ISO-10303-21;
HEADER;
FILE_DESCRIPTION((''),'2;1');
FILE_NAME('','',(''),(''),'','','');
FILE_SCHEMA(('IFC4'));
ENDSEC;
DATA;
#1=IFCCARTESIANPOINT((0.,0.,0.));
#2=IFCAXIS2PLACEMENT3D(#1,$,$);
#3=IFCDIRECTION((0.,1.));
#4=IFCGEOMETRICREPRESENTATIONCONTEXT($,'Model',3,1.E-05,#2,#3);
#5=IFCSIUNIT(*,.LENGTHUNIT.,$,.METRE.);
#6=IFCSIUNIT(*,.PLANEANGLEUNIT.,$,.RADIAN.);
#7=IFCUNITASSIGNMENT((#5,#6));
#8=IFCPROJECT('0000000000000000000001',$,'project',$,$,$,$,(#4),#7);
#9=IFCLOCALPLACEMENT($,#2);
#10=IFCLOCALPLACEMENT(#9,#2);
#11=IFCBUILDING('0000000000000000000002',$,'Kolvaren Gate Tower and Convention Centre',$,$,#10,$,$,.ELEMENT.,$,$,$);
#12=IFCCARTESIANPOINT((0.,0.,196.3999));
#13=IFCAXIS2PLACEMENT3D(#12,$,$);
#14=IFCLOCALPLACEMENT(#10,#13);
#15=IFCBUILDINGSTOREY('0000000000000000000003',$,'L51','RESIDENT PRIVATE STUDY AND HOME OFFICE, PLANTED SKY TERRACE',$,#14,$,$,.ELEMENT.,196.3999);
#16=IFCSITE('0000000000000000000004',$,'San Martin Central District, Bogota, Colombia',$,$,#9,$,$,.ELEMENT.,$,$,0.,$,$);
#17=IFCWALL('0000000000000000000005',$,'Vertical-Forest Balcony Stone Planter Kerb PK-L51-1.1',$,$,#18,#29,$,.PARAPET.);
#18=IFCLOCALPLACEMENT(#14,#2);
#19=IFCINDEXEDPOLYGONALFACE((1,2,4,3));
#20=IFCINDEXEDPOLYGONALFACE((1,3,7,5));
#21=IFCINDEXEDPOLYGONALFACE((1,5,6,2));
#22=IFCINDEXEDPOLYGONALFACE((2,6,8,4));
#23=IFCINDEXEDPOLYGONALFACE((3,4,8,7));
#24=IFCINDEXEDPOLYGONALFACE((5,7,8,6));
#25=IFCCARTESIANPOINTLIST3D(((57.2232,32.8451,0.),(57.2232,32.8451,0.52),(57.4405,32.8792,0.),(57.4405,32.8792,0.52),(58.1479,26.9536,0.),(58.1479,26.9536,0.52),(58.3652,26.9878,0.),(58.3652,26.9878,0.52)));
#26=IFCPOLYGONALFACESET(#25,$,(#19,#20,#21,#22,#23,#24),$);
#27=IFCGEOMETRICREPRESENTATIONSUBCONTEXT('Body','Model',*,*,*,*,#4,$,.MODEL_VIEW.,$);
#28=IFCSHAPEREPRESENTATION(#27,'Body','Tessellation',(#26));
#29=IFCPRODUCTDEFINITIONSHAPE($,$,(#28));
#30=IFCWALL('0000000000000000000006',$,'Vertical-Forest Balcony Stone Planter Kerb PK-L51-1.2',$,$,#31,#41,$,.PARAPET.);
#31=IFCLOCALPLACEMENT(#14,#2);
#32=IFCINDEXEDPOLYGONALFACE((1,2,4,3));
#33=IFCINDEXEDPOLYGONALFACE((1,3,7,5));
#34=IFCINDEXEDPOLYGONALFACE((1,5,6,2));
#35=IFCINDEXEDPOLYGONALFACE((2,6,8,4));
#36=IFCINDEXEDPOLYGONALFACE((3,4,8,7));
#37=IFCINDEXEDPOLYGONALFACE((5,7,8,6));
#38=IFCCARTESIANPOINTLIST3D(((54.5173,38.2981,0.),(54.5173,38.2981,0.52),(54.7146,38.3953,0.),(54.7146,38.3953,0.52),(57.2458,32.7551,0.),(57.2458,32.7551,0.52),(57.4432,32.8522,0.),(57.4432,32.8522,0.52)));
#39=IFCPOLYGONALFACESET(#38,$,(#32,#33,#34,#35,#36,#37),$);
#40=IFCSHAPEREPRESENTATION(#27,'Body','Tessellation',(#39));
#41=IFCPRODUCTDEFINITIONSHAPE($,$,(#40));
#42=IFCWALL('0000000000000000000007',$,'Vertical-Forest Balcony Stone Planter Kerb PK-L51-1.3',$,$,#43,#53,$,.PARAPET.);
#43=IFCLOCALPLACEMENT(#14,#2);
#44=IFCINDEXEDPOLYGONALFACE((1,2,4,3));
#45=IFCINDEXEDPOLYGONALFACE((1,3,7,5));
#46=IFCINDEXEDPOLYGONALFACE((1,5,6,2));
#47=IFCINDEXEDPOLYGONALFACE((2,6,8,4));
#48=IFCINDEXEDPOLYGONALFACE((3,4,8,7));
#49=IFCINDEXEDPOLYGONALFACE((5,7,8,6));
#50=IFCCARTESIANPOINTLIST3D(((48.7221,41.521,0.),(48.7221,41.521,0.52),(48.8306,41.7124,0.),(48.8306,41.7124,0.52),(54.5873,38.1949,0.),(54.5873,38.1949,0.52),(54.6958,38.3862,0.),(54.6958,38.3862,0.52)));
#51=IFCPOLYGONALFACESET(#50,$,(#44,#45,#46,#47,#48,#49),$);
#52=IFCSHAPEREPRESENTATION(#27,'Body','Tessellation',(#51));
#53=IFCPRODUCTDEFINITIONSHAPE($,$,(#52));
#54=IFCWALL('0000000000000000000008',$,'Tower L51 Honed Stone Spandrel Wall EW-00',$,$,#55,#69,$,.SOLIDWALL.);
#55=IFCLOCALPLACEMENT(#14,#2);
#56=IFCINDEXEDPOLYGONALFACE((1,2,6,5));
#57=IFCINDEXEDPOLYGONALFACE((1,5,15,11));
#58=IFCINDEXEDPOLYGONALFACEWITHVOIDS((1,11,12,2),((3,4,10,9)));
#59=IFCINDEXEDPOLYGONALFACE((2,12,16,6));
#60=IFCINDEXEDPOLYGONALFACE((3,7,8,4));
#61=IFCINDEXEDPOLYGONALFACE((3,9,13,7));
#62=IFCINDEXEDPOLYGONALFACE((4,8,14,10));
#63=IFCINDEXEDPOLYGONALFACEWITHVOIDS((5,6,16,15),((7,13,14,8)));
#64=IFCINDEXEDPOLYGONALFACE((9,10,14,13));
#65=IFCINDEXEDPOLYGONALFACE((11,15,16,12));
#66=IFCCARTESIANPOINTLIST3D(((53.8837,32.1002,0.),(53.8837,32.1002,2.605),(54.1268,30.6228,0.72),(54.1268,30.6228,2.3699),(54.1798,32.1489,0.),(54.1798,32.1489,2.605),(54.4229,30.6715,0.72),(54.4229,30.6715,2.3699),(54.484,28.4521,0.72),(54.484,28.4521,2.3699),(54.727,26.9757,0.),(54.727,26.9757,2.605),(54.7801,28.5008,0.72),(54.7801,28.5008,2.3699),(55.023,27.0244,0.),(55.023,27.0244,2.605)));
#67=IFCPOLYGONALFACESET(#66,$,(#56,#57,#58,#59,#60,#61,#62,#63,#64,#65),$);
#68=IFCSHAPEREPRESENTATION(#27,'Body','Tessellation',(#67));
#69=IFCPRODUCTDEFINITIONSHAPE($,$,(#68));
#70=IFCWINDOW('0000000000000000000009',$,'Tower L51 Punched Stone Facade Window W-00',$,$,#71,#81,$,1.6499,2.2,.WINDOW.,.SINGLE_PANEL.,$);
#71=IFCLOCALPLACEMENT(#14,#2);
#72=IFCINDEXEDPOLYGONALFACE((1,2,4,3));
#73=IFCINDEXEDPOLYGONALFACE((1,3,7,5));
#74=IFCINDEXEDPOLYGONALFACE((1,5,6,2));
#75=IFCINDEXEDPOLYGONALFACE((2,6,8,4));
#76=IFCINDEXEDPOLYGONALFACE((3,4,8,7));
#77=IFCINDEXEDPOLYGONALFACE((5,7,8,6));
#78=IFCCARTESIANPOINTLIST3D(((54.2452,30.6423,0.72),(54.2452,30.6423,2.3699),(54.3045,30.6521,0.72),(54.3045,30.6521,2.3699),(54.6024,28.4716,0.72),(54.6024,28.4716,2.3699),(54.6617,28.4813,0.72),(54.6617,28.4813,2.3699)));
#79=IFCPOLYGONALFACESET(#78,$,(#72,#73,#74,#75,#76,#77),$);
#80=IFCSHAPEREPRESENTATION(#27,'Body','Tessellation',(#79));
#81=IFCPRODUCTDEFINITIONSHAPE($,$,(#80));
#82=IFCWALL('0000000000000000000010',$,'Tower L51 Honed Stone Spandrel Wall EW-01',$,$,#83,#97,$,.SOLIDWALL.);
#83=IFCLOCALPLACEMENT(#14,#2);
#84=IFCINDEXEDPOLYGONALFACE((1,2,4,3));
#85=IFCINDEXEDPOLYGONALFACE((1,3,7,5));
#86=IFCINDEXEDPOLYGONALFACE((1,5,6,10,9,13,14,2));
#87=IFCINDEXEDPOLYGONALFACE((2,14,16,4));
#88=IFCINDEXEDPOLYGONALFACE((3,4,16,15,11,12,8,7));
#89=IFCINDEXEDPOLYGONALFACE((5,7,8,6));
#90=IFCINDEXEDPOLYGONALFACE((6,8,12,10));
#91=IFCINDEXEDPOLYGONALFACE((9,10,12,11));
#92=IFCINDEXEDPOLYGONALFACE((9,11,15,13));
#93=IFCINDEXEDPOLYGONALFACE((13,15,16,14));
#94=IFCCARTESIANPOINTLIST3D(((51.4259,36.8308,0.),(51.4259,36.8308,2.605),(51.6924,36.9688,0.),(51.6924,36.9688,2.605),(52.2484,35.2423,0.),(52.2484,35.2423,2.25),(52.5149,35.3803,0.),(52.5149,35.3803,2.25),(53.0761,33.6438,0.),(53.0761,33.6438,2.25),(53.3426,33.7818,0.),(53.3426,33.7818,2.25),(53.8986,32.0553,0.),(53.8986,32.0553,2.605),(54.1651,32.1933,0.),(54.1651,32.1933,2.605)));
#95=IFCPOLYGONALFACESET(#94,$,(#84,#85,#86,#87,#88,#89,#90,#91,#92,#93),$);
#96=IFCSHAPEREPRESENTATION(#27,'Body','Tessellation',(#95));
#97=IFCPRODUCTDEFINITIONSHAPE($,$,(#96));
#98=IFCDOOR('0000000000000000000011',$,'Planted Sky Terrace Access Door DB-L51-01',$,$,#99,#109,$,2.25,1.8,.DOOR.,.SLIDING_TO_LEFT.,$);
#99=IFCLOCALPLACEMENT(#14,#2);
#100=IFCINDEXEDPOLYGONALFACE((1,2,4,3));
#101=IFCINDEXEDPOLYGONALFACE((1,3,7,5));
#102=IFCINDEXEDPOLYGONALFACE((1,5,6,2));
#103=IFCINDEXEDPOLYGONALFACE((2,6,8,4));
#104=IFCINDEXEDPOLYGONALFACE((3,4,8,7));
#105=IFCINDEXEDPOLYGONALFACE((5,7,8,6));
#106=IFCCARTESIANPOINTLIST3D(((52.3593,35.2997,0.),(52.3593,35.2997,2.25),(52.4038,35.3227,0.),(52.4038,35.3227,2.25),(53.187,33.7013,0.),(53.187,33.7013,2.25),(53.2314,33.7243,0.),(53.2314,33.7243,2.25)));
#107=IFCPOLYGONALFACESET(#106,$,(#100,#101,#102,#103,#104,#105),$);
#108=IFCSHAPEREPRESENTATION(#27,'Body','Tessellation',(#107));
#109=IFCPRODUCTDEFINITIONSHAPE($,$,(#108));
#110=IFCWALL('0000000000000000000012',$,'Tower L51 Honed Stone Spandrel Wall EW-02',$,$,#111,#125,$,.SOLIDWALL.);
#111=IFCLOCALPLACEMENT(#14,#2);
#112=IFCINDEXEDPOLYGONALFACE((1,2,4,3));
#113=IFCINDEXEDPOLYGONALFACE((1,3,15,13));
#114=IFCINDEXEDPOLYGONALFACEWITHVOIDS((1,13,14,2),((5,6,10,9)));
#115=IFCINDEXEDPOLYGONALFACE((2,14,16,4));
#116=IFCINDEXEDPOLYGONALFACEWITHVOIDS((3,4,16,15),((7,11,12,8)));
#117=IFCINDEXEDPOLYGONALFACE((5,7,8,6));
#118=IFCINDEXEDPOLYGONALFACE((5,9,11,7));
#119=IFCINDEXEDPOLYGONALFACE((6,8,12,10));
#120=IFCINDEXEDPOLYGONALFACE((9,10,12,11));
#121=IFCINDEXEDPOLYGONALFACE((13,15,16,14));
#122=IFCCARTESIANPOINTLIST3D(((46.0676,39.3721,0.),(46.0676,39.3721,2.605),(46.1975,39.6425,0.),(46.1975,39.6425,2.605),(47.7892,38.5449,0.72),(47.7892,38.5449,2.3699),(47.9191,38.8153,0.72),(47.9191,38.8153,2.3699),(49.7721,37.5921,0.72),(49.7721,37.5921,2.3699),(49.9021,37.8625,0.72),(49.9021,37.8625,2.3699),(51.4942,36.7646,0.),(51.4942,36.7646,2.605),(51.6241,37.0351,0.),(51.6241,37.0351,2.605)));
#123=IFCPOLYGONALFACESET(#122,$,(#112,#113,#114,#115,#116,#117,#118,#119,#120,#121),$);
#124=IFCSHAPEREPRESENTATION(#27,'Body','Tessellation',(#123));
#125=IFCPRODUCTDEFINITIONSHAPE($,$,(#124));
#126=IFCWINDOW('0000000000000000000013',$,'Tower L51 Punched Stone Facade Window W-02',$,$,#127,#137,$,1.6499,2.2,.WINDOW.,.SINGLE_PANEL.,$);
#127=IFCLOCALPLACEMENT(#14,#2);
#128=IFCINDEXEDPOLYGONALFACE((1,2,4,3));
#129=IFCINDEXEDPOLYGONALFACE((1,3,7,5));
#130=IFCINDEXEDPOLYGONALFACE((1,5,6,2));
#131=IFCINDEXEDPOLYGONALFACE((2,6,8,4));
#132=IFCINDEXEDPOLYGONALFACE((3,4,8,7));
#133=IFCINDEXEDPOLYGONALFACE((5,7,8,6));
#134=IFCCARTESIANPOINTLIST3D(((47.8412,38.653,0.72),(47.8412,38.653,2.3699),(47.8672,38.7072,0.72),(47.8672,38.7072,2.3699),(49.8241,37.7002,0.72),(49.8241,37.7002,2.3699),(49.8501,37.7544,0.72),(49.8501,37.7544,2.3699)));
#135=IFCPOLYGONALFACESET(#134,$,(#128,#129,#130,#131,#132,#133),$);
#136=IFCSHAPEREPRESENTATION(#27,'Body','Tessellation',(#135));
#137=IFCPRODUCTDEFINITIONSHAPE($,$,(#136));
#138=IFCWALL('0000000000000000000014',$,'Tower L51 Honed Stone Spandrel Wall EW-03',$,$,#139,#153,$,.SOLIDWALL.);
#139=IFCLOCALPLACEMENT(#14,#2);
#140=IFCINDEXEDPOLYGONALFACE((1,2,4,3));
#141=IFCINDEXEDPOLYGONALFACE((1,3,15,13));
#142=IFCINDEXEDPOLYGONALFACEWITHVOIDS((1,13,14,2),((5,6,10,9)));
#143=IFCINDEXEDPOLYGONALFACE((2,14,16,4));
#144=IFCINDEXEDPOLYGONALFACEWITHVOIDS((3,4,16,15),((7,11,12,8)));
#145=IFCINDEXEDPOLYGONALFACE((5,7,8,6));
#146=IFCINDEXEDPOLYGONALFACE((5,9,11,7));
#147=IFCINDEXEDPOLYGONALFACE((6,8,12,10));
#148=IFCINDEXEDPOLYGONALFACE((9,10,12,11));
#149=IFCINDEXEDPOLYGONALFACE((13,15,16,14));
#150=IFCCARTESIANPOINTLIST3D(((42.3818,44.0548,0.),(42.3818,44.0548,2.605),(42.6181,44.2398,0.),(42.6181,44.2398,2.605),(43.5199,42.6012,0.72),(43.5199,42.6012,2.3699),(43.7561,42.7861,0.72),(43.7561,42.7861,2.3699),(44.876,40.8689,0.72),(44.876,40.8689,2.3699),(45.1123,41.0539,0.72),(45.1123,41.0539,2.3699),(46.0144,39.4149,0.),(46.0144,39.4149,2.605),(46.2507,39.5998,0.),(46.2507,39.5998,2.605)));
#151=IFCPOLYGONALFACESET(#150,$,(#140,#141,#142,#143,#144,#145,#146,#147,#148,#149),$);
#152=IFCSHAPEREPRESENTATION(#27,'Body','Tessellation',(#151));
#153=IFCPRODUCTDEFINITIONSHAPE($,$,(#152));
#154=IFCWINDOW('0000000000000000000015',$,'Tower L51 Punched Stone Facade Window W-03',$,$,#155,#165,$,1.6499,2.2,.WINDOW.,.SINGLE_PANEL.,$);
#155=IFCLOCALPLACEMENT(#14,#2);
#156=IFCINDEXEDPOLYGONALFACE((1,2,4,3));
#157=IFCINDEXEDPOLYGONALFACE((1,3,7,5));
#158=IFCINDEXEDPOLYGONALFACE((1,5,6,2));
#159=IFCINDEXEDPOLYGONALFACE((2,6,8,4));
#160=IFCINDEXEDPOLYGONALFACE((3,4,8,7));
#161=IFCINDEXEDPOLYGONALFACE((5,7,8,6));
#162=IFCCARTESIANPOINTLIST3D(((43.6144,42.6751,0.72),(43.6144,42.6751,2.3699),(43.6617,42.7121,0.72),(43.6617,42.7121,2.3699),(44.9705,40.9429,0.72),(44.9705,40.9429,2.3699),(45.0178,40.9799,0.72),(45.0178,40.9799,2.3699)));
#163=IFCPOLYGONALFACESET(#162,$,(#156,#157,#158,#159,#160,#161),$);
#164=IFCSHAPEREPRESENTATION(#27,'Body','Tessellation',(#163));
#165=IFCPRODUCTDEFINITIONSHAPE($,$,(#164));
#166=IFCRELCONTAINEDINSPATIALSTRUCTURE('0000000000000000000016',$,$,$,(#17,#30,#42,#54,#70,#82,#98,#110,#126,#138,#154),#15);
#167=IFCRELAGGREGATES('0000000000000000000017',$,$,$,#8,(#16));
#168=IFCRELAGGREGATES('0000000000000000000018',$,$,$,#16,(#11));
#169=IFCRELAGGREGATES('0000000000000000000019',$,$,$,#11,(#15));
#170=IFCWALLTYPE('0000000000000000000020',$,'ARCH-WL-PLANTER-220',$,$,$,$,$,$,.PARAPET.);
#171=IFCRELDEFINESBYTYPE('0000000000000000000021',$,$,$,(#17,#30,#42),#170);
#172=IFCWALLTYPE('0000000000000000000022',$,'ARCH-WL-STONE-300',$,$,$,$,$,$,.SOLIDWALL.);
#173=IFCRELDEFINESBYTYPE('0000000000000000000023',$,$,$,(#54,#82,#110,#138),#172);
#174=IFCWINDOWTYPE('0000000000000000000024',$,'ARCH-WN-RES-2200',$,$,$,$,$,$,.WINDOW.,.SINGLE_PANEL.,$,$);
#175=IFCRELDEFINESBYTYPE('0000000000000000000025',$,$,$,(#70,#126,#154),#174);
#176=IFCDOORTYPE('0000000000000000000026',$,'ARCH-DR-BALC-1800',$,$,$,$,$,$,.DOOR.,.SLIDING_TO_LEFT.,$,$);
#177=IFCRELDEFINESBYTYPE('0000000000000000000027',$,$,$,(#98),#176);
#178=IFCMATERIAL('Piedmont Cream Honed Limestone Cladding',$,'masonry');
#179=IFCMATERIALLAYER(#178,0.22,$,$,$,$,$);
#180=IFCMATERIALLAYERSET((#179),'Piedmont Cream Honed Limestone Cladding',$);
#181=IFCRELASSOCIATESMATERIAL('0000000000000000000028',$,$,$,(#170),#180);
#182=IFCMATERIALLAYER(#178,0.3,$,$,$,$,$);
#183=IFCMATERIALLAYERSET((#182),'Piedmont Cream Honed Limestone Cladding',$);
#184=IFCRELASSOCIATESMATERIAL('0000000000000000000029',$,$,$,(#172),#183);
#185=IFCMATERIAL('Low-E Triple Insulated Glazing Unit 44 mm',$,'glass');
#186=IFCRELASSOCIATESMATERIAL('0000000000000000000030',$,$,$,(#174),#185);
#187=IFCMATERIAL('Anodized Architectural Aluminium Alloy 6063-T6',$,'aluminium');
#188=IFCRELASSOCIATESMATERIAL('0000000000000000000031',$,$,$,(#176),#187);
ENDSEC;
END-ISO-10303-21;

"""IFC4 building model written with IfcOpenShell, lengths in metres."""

from ifc_helpers import new_model, si_unit, direction, frame, frame_2d, origin, place, context, subcontext, project, spatial, rectangle, extrude, material, layer, layer_set, type_object, element, fill, save


model = new_model("IFC4")

# Units and contexts
model_context = context("Model", 3, precision=1e-05, world=origin(), true_north=direction((0.0, 1.0)))
body_context = subcontext(model_context, "Body", "Model", "MODEL_VIEW")
ifc_project = project(units=[si_unit("LENGTHUNIT", "METRE"), si_unit("PLANEANGLEUNIT", "RADIAN")], contexts=[model_context])

# Site, building, storey
site_placement = place(None, origin())
site = spatial("IfcSite", under=ifc_project, at=site_placement, Name="San Martin Central District, Bogota, Colombia", CompositionType="ELEMENT", RefElevation=0.0)
building_placement = place(site_placement, origin())
building = spatial("IfcBuilding", under=site, at=building_placement, Name="Kolvaren Gate Tower and Convention Centre", CompositionType="ELEMENT")
storey_placement = place(building_placement, frame((0.0, 0.0, 196.3999)))
storey = spatial("IfcBuildingStorey", under=building, at=storey_placement, Name="L51", Description="RESIDENT PRIVATE STUDY AND HOME OFFICE, PLANTED SKY TERRACE", CompositionType="ELEMENT", Elevation=196.3999)

# Walls
ifc_material_1 = material(Name="Piedmont Cream Honed Limestone Cladding", Category="masonry")
ifc_layer_1 = layer(ifc_material_1, 0.22)
ifc_layer_set_1 = layer_set([ifc_layer_1], Name="Piedmont Cream Honed Limestone Cladding")
wall_type_1 = type_object("IfcWallType", Name="ARCH-WL-PLANTER-220", PredefinedType="PARAPET", material=ifc_layer_set_1)
wall_1_placement = place(storey_placement, frame((57.3318, 32.8623, 0.0), z_axis=(0.0, 0.0, 1.0), x_axis=(0.155071, -0.987903, 0.0)))
element("IfcWall", 1, at=wall_1_placement, inside=storey, type_object=wall_type_1, Name="Vertical-Forest Balcony Stone Planter Kerb PK-L51-1.1", PredefinedType="PARAPET", context=body_context, shape_type="SweptSolid", body=[
    extrude(rectangle(XDim=5.9636, YDim=0.22, at=frame_2d((2.9819, 0.0))), origin(), (0.0, 0.0, 1.0), 0.52),
])
wall_2_placement = place(storey_placement, frame((54.616, 38.3467, 0.0), z_axis=(0.0, 0.0, 1.0), x_axis=(0.441641, -0.897192, 0.0)))
element("IfcWall", 2, at=wall_2_placement, inside=storey, type_object=wall_type_1, Name="Vertical-Forest Balcony Stone Planter Kerb PK-L51-1.2", PredefinedType="PARAPET", context=body_context, shape_type="SweptSolid", body=[
    extrude(rectangle(XDim=6.1782, YDim=0.22, at=frame_2d((3.0891, 0.0))), origin(), (0.0, 0.0, 1.0), 0.52),
])
wall_3_placement = place(storey_placement, frame((48.7764, 41.6167, 0.0), z_axis=(0.0, 0.0, 1.0), x_axis=(0.869861, -0.493298, 0.0)))
element("IfcWall", 3, at=wall_3_placement, inside=storey, type_object=wall_type_1, Name="Vertical-Forest Balcony Stone Planter Kerb PK-L51-1.3", PredefinedType="PARAPET", context=body_context, shape_type="SweptSolid", body=[
    extrude(rectangle(XDim=6.7427, YDim=0.22, at=frame_2d((3.3713, 0.0))), origin(), (0.0, 0.0, 1.0), 0.52),
])

# Wall, opening, window
ifc_layer_2 = layer(ifc_material_1, 0.3)
ifc_layer_set_2 = layer_set([ifc_layer_2], Name="Piedmont Cream Honed Limestone Cladding")
wall_type_2 = type_object("IfcWallType", Name="ARCH-WL-STONE-300", PredefinedType="SOLIDWALL", material=ifc_layer_set_2)
wall_4_placement = place(storey_placement, frame((54.0317, 32.1245, 0.0), z_axis=(0.0, 0.0, 1.0), x_axis=(0.162371, -0.98673, 0.0)))
wall_4 = element("IfcWall", 4, at=wall_4_placement, inside=storey, type_object=wall_type_2, Name="Tower L51 Honed Stone Spandrel Wall EW-00", PredefinedType="SOLIDWALL", context=body_context, shape_type="SweptSolid", body=[
    extrude(rectangle(XDim=5.1934, YDim=0.3, at=frame_2d((2.5967, 0.0))), origin(), (0.0, 0.0, 1.0), 2.605),
])
opening_1_placement = place(wall_4_placement, frame((1.4971, 0.0, 0.72)))
opening_1 = element("IfcOpeningElement", 5, at=opening_1_placement, cuts=wall_4, PredefinedType="OPENING", context=body_context, shape_type="SweptSolid", body=[
    extrude(rectangle(XDim=2.2, YDim=1.6499, at=frame_2d((1.1001, 0.825))), frame((0.0, 0.1599, 0.0), z_axis=(0.0, -1.0, 0.0), x_axis=(1.0, 0.0, 0.0)), (0.0, 0.0, 1.0), 0.3201),
])
ifc_material_2 = material(Name="Low-E Triple Insulated Glazing Unit 44 mm", Category="glass")
window_type = type_object("IfcWindowType", Name="ARCH-WN-RES-2200", PartitioningType="SINGLE_PANEL", PredefinedType="WINDOW", material=ifc_material_2)
window_1_placement = place(opening_1_placement, origin())
window_1 = element("IfcWindow", 6, at=window_1_placement, inside=storey, type_object=window_type, Name="Tower L51 Punched Stone Facade Window W-00", OverallHeight=1.6499, OverallWidth=2.2, PartitioningType="SINGLE_PANEL", PredefinedType="WINDOW", context=body_context, shape_type="SweptSolid", body=[
    extrude(rectangle(XDim=2.2, YDim=1.6499, at=frame_2d((1.1001, 0.825))), frame((0.0, 0.03, 0.0), z_axis=(0.0, -1.0, 0.0), x_axis=(1.0, 0.0, 0.0)), (0.0, 0.0, 1.0), 0.0601),
])
fill(opening_1, window_1)

# Wall, opening, door
wall_5_placement = place(storey_placement, frame((51.5591, 36.8999, 0.0), z_axis=(0.0, 0.0, 1.0), x_axis=(0.459808, -0.888018, 0.0)))
wall_5 = element("IfcWall", 7, at=wall_5_placement, inside=storey, type_object=wall_type_2, Name="Tower L51 Honed Stone Spandrel Wall EW-01", PredefinedType="SOLIDWALL", context=body_context, shape_type="SweptSolid", body=[
    extrude(rectangle(XDim=5.3777, YDim=0.3, at=frame_2d((2.689, 0.0))), origin(), (0.0, 0.0, 1.0), 2.605),
])
opening_2_placement = place(wall_5_placement, frame((1.7891, 0.0, 0.0)))
opening_2 = element("IfcOpeningElement", 8, at=opening_2_placement, cuts=wall_5, PredefinedType="OPENING", context=body_context, shape_type="SweptSolid", body=[
    extrude(rectangle(XDim=1.8, YDim=2.25, at=frame_2d((0.8999, 1.125))), frame((0.0, 0.1599, 0.0), z_axis=(0.0, -1.0, 0.0), x_axis=(1.0, 0.0, 0.0)), (0.0, 0.0, 1.0), 0.3201),
])
ifc_material_3 = material(Name="Anodized Architectural Aluminium Alloy 6063-T6", Category="aluminium")
door_type = type_object("IfcDoorType", Name="ARCH-DR-BALC-1800", OperationType="SLIDING_TO_LEFT", PredefinedType="DOOR", material=ifc_material_3)
door_placement = place(opening_2_placement, origin())
door = element("IfcDoor", 9, at=door_placement, inside=storey, type_object=door_type, Name="Planted Sky Terrace Access Door DB-L51-01", OperationType="SLIDING_TO_LEFT", OverallHeight=2.25, OverallWidth=1.8, PredefinedType="DOOR", context=body_context, shape_type="SweptSolid", body=[
    extrude(rectangle(XDim=1.8, YDim=2.25, at=frame_2d((0.8999, 1.125))), frame((0.0, 0.0249, 0.0), z_axis=(0.0, -1.0, 0.0), x_axis=(1.0, 0.0, 0.0)), (0.0, 0.0, 1.0), 0.05),
])
fill(opening_2, door)

# Walls, openings, windows
wall_6_placement = place(storey_placement, frame((46.1326, 39.5073, 0.0), z_axis=(0.0, 0.0, 1.0), x_axis=(0.901348, -0.433095, 0.0)))
wall_6 = element("IfcWall", 10, at=wall_6_placement, inside=storey, type_object=wall_type_2, Name="Tower L51 Honed Stone Spandrel Wall EW-02", PredefinedType="SOLIDWALL", context=body_context, shape_type="SweptSolid", body=[
    extrude(rectangle(XDim=6.0205, YDim=0.3, at=frame_2d((3.0103, 0.0))), origin(), (0.0, 0.0, 1.0), 2.605),
])
opening_3_placement = place(wall_6_placement, frame((1.9099, 0.0, 0.72)))
opening_3 = element("IfcOpeningElement", 11, at=opening_3_placement, cuts=wall_6, PredefinedType="OPENING", context=body_context, shape_type="SweptSolid", body=[
    extrude(rectangle(XDim=2.2, YDim=1.6499, at=frame_2d((1.1001, 0.825))), frame((0.0, 0.1599, 0.0), z_axis=(0.0, -1.0, 0.0), x_axis=(1.0, 0.0, 0.0)), (0.0, 0.0, 1.0), 0.3201),
])
window_2_placement = place(opening_3_placement, origin())
window_2 = element("IfcWindow", 12, at=window_2_placement, inside=storey, type_object=window_type, Name="Tower L51 Punched Stone Facade Window W-02", OverallHeight=1.6499, OverallWidth=2.2, PartitioningType="SINGLE_PANEL", PredefinedType="WINDOW", context=body_context, shape_type="SweptSolid", body=[
    extrude(rectangle(XDim=2.2, YDim=1.6499, at=frame_2d((1.1001, 0.825))), frame((0.0, 0.03, 0.0), z_axis=(0.0, -1.0, 0.0), x_axis=(1.0, 0.0, 0.0)), (0.0, 0.0, 1.0), 0.0601),
])
fill(opening_3, window_2)
wall_7_placement = place(storey_placement, frame((42.5, 44.1472, 0.0), z_axis=(0.0, 0.0, 1.0), x_axis=(0.61645, -0.787394, 0.0)))
wall_7 = element("IfcWall", 13, at=wall_7_placement, inside=storey, type_object=wall_type_2, Name="Tower L51 Honed Stone Spandrel Wall EW-03", PredefinedType="SOLIDWALL", context=body_context, shape_type="SweptSolid", body=[
    extrude(rectangle(XDim=5.8928, YDim=0.3, at=frame_2d((2.9463, 0.0))), origin(), (0.0, 0.0, 1.0), 2.605),
])
opening_4_placement = place(wall_7_placement, frame((1.8459, 0.0, 0.72)))
opening_4 = element("IfcOpeningElement", 14, at=opening_4_placement, cuts=wall_7, PredefinedType="OPENING", context=body_context, shape_type="SweptSolid", body=[
    extrude(rectangle(XDim=2.2, YDim=1.6499, at=frame_2d((1.1001, 0.825))), frame((0.0, 0.1599, 0.0), z_axis=(0.0, -1.0, 0.0), x_axis=(1.0, 0.0, 0.0)), (0.0, 0.0, 1.0), 0.3201),
])
window_3_placement = place(opening_4_placement, origin())
window_3 = element("IfcWindow", 15, at=window_3_placement, inside=storey, type_object=window_type, Name="Tower L51 Punched Stone Facade Window W-03", OverallHeight=1.6499, OverallWidth=2.2, PartitioningType="SINGLE_PANEL", PredefinedType="WINDOW", context=body_context, shape_type="SweptSolid", body=[
    extrude(rectangle(XDim=2.2, YDim=1.6499, at=frame_2d((1.1001, 0.825))), frame((0.0, 0.03, 0.0), z_axis=(0.0, -1.0, 0.0), x_axis=(1.0, 0.0, 0.0)), (0.0, 0.0, 1.0), 0.0601),
])
fill(opening_4, window_3)

save(model, "model.ifc")
